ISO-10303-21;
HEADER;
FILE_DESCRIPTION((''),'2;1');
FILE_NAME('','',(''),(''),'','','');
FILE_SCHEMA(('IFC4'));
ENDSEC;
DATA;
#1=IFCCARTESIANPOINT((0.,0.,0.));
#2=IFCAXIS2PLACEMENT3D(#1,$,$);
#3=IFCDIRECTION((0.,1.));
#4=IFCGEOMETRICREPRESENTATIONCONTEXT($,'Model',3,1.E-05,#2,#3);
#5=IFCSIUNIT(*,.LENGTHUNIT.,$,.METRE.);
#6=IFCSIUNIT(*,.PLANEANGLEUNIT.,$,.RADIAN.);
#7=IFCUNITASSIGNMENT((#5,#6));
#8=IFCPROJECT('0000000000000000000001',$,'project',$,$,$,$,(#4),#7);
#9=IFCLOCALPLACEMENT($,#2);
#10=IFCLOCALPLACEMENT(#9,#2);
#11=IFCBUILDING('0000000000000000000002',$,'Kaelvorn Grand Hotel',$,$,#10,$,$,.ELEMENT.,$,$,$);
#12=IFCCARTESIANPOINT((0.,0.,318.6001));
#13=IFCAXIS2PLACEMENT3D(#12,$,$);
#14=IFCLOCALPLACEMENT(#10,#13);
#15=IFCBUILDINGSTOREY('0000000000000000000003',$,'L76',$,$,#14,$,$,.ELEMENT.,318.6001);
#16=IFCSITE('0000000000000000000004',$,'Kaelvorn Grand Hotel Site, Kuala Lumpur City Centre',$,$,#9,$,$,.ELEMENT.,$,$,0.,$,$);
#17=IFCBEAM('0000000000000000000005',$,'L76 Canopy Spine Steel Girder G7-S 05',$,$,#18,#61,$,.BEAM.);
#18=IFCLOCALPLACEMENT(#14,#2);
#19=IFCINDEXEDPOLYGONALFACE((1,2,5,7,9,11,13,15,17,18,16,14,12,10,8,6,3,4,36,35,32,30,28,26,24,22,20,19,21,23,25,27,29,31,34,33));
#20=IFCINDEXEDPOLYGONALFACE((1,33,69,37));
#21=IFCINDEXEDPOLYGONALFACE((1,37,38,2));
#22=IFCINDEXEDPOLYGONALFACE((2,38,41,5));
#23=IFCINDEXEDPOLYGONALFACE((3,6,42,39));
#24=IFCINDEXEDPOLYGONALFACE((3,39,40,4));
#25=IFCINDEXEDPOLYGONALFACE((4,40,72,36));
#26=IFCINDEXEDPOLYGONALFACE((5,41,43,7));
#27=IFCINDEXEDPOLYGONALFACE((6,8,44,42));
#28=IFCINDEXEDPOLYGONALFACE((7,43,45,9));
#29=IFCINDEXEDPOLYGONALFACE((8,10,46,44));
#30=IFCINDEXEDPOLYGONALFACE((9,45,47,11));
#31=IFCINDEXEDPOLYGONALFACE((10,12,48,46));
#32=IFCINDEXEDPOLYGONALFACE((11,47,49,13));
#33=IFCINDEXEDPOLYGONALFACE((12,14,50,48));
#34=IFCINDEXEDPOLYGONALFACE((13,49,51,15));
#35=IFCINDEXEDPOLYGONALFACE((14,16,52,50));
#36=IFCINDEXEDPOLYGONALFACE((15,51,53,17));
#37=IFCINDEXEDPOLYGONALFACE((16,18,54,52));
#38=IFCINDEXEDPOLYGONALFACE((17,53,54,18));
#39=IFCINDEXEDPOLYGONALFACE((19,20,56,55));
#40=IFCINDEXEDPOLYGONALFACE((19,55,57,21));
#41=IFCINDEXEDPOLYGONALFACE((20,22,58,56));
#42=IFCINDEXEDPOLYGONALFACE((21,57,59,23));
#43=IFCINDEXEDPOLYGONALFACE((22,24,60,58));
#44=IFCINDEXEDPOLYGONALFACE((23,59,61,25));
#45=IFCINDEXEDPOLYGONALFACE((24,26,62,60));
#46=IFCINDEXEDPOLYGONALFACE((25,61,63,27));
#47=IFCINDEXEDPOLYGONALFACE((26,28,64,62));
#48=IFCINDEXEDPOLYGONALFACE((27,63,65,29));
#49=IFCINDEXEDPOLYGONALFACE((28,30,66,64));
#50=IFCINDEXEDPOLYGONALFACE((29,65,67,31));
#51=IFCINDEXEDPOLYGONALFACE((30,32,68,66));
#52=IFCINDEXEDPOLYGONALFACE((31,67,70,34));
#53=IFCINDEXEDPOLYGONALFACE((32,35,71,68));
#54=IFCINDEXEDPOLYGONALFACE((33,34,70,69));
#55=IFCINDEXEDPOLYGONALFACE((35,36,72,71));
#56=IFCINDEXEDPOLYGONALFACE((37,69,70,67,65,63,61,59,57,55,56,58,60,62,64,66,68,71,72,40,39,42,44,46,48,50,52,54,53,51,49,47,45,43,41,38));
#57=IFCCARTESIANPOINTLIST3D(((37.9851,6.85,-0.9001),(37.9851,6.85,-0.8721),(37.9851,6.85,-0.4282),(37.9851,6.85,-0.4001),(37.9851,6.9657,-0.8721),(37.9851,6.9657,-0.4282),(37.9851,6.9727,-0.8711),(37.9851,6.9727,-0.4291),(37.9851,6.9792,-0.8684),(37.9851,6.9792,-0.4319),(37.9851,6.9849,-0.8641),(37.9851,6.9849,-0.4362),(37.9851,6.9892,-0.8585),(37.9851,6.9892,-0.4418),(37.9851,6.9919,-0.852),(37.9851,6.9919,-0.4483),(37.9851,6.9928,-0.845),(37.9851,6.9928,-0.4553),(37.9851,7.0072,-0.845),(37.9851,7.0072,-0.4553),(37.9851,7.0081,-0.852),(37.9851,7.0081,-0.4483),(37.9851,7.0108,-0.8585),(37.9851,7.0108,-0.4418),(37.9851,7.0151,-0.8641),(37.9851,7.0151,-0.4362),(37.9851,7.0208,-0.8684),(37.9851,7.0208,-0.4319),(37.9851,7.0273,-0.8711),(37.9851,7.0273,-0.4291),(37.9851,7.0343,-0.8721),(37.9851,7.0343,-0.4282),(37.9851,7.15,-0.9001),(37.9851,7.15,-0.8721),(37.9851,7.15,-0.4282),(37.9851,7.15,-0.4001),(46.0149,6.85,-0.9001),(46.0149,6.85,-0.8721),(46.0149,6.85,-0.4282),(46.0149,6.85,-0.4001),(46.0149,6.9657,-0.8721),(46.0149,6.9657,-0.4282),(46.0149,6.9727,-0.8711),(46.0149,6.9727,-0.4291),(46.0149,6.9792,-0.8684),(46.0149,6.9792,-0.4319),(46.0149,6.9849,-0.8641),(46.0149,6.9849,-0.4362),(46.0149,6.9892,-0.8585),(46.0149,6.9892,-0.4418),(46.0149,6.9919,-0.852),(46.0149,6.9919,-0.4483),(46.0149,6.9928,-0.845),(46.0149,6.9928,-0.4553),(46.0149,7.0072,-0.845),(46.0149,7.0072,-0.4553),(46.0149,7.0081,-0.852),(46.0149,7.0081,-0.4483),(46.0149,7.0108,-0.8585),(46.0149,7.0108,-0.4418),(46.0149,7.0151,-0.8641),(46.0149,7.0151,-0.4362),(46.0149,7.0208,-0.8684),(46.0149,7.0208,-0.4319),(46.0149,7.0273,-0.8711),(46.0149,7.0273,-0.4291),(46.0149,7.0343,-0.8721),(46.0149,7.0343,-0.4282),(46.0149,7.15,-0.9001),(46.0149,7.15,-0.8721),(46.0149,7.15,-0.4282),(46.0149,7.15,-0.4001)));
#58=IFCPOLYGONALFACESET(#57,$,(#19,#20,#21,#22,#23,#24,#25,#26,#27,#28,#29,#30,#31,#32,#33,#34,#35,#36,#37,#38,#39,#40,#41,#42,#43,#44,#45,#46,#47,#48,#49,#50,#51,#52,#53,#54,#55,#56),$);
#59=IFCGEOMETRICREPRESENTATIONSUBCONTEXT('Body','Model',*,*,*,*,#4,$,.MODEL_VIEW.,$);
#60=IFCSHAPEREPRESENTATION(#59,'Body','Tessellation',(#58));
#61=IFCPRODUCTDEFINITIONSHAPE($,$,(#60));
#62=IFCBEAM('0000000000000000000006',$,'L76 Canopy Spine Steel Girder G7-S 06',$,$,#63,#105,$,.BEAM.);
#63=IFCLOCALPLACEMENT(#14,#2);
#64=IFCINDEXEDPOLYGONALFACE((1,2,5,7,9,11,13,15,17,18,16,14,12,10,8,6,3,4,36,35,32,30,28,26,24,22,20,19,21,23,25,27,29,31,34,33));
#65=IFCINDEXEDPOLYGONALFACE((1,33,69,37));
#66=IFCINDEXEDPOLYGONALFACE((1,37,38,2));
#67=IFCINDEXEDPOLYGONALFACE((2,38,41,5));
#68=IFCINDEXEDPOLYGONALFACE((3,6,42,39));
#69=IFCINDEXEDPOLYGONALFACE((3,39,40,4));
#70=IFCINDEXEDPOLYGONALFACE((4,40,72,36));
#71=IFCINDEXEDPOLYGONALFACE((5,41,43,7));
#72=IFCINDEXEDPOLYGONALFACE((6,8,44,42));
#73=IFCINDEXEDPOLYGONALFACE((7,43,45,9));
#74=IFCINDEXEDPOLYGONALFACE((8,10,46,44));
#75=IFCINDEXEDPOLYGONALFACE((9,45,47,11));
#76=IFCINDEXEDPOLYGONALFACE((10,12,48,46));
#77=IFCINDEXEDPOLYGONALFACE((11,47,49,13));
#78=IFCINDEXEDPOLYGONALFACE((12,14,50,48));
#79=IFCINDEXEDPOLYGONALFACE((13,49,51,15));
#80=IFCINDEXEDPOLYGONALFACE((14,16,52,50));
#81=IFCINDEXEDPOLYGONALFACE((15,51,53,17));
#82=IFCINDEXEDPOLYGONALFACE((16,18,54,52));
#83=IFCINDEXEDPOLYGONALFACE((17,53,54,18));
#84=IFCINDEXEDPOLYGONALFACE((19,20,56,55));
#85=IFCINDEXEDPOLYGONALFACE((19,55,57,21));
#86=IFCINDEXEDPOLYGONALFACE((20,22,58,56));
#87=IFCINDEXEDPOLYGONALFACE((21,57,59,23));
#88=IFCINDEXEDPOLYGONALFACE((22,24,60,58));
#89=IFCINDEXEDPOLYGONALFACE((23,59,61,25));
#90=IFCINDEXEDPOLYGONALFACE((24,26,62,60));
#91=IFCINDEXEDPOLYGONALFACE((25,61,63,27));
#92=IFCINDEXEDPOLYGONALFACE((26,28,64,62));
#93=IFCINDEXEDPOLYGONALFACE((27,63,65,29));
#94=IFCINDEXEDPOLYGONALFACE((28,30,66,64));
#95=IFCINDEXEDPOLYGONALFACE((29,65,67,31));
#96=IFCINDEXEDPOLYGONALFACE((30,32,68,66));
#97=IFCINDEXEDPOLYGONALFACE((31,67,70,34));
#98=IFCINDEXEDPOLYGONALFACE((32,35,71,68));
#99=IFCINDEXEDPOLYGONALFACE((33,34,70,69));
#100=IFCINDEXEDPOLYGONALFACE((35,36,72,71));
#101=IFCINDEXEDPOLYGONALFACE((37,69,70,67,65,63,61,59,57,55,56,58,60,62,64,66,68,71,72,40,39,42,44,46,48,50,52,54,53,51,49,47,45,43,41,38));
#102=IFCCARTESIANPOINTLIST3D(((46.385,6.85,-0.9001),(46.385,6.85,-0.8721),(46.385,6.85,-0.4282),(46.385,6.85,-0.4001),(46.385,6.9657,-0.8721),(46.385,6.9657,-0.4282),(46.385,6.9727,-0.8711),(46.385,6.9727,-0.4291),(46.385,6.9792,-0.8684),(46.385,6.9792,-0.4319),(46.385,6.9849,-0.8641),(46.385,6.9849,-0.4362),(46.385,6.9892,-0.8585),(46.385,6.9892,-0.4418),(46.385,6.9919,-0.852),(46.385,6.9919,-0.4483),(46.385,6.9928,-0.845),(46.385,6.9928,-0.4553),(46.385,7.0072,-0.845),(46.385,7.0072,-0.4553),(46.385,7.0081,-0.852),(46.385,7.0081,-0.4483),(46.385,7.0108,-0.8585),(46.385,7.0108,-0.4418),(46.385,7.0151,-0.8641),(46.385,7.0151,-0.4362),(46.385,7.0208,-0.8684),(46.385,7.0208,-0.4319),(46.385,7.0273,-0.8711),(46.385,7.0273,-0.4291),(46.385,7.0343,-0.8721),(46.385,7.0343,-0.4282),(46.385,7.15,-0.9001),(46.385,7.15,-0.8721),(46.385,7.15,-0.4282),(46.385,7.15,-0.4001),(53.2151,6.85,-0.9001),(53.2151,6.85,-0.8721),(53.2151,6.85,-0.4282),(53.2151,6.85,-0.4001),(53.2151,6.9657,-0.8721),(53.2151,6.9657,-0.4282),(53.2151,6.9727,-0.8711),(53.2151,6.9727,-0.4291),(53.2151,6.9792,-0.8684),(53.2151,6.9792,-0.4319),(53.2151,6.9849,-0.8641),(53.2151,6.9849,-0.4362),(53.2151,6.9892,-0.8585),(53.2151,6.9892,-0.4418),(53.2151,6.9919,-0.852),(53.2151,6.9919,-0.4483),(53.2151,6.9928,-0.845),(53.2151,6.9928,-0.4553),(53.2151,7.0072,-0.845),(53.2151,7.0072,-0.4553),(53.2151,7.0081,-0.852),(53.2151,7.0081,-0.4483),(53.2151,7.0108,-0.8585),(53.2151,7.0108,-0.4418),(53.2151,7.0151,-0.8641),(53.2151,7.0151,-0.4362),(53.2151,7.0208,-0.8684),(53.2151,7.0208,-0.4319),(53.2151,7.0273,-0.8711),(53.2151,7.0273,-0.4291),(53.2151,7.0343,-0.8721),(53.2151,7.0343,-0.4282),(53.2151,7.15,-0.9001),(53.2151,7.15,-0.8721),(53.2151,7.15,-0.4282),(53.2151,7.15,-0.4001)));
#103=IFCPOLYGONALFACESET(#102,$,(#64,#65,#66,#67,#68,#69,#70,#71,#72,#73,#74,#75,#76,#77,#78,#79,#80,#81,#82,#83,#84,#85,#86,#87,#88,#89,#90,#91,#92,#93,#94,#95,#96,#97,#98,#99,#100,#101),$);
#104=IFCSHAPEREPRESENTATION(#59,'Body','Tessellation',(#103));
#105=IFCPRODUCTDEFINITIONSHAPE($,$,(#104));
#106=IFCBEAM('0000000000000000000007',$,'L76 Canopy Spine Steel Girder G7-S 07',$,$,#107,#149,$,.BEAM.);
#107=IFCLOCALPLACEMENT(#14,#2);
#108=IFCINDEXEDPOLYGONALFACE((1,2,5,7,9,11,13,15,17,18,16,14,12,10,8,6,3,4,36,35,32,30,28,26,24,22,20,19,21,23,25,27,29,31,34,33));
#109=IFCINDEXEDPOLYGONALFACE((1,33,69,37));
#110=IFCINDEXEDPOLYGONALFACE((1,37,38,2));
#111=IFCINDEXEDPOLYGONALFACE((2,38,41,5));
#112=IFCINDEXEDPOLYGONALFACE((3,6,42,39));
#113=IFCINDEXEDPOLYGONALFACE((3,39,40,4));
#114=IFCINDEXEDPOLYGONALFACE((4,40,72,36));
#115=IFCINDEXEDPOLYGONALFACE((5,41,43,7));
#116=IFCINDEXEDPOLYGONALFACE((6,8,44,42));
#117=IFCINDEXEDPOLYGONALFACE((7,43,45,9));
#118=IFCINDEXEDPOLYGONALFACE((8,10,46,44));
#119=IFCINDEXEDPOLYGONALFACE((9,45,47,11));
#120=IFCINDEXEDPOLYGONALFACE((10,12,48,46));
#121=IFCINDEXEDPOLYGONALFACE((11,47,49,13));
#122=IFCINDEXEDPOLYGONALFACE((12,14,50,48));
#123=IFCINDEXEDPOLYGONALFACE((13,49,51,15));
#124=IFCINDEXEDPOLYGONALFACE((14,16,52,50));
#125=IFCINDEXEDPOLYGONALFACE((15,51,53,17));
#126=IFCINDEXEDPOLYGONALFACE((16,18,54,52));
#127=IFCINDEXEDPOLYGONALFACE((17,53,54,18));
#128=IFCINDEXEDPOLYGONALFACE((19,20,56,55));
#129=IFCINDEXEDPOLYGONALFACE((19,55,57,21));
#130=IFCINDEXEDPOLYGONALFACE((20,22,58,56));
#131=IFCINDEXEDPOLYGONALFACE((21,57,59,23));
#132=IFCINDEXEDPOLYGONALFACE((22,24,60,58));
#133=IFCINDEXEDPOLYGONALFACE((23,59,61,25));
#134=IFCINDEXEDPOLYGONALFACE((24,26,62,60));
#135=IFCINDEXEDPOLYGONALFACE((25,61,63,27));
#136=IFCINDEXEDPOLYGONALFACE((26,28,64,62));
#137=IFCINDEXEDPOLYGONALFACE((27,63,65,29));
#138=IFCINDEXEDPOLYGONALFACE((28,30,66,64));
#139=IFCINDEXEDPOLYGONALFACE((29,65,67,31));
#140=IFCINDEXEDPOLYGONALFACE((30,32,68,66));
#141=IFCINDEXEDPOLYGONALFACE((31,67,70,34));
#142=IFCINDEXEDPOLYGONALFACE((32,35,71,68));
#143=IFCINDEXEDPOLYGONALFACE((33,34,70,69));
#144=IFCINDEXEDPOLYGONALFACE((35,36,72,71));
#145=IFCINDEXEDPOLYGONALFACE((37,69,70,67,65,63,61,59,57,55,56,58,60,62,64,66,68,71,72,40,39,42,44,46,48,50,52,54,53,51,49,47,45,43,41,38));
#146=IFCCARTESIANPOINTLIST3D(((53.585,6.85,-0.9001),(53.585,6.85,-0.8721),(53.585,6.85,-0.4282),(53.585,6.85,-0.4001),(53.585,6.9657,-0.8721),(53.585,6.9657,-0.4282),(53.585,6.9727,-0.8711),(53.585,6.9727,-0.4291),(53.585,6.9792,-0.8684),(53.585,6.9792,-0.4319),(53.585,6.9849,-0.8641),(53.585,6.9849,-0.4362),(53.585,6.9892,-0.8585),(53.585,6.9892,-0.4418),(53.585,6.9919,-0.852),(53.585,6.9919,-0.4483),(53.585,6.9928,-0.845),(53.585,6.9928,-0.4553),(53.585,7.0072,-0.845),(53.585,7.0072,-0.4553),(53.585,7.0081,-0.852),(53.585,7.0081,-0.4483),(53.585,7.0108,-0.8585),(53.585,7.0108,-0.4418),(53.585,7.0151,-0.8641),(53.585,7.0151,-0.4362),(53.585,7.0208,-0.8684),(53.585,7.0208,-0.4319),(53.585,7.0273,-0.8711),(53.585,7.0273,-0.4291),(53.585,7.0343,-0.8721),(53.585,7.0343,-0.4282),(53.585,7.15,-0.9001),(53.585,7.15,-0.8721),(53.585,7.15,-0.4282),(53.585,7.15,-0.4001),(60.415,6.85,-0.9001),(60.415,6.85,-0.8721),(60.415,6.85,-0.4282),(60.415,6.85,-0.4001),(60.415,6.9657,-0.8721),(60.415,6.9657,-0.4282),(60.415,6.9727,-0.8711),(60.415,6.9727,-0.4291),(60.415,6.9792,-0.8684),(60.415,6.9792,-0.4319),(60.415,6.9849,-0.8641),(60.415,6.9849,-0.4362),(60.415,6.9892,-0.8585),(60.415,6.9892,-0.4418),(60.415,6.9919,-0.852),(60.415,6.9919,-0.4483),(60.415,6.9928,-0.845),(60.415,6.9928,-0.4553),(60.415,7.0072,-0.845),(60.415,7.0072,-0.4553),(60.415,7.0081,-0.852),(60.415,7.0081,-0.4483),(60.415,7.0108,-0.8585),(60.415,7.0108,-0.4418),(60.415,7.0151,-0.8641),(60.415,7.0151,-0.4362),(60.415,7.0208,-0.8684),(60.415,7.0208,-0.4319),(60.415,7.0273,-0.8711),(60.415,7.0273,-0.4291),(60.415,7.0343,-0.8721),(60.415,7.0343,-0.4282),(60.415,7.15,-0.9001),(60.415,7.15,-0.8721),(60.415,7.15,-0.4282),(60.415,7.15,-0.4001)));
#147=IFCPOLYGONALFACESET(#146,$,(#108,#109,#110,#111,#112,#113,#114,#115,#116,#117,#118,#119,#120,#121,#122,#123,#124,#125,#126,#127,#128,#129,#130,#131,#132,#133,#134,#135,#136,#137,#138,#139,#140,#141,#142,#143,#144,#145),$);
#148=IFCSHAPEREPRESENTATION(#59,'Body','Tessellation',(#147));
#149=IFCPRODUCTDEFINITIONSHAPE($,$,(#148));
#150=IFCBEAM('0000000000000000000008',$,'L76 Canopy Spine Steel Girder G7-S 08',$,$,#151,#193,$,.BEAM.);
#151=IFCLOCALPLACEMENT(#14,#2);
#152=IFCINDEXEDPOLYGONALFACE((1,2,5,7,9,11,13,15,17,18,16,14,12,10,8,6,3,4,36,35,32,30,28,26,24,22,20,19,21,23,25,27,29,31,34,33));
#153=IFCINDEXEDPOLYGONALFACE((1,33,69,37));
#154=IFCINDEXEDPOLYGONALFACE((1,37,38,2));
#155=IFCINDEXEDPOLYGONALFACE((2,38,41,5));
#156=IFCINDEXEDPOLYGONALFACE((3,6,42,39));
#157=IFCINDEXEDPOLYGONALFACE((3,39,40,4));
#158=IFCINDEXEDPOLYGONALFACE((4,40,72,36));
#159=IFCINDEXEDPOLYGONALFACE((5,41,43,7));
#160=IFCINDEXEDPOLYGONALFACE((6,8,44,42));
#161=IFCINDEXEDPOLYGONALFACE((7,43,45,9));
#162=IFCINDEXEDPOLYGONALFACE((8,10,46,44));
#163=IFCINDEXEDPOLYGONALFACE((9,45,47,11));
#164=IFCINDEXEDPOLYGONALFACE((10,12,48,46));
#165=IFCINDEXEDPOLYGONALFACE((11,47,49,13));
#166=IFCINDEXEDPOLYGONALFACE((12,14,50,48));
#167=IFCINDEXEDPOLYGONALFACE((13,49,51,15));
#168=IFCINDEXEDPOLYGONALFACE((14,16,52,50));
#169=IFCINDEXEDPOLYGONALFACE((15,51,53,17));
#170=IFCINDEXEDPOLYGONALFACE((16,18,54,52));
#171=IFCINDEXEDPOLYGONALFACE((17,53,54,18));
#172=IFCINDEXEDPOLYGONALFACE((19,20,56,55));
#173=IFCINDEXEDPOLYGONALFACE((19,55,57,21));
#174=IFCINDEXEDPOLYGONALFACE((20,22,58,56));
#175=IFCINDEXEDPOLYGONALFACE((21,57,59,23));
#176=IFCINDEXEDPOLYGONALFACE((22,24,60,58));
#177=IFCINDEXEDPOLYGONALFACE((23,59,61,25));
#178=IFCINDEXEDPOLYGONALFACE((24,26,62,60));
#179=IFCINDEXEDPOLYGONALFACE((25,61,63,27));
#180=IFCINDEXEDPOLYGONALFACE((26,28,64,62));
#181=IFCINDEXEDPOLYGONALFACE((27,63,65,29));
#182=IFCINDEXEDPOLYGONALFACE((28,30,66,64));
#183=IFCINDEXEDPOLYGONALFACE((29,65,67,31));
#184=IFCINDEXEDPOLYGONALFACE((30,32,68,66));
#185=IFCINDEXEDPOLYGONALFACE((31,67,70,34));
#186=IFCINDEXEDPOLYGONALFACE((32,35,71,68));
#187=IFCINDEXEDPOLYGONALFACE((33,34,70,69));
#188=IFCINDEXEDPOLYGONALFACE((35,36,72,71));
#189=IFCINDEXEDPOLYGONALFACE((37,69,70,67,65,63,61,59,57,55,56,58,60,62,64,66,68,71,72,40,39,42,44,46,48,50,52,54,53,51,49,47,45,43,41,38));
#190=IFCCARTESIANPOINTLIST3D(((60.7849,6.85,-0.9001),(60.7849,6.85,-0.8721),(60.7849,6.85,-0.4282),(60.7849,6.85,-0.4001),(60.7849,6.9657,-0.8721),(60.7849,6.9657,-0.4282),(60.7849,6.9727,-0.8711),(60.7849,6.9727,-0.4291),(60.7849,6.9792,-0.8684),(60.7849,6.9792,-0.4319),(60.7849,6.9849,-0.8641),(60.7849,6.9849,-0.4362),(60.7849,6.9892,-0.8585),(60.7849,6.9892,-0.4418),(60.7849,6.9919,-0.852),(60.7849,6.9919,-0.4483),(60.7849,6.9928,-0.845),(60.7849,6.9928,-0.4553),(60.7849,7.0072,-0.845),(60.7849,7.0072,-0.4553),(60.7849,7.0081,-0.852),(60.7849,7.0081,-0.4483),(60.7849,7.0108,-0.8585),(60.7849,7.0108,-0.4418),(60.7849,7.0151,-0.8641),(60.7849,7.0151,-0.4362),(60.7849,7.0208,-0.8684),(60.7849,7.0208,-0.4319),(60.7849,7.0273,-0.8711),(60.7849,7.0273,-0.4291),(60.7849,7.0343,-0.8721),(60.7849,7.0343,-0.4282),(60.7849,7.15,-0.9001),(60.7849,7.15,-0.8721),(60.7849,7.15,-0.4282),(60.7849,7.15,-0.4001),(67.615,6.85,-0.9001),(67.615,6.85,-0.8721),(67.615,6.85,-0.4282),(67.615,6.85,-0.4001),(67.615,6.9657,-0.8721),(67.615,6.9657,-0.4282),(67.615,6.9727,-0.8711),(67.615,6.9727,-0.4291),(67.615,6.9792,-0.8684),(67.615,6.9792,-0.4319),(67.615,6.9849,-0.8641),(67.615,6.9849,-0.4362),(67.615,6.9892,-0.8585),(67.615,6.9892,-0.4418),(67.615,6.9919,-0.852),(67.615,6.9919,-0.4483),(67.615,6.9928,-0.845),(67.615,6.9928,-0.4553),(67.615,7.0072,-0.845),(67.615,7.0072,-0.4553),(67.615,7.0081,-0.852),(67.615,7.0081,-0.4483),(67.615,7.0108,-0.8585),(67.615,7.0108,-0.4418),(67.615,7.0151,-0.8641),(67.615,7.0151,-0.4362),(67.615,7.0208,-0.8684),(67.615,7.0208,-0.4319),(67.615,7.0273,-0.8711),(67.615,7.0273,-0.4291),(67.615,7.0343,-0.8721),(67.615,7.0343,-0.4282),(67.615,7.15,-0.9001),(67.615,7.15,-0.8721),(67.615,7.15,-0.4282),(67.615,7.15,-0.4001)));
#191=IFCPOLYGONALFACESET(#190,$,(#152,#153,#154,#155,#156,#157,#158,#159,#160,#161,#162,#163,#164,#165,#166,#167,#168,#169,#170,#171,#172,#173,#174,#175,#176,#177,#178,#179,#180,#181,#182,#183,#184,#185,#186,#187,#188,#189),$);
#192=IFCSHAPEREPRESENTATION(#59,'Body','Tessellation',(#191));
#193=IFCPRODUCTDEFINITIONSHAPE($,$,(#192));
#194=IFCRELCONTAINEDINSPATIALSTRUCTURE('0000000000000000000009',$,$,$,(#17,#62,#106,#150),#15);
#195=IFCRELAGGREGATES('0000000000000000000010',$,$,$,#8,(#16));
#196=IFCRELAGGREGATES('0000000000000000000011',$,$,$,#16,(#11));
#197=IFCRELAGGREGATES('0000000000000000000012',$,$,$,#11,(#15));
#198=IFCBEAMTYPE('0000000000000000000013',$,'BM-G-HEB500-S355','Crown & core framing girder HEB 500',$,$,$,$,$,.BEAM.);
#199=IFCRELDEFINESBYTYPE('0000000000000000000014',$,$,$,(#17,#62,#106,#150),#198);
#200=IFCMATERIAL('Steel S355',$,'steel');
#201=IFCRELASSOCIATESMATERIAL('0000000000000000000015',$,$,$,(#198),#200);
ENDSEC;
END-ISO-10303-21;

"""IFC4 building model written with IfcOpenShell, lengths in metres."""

from ifc_helpers import new_model, si_unit, direction, frame, origin, origin_2d, place, context, subcontext, project, spatial, i_section, extrude, material, material_profile, profile_set, type_object, element, save


model = new_model("IFC4")

# Units and contexts
model_context = context("Model", 3, precision=1e-05, world=origin(), true_north=direction((0.0, 1.0)))
body_context = subcontext(model_context, "Body", "Model", "MODEL_VIEW")
ifc_project = project(units=[si_unit("LENGTHUNIT", "METRE"), si_unit("PLANEANGLEUNIT", "RADIAN")], contexts=[model_context])

# Site, building, storey
site_placement = place(None, origin())
site = spatial("IfcSite", under=ifc_project, at=site_placement, Name="Kaelvorn Grand Hotel Site, Kuala Lumpur City Centre", CompositionType="ELEMENT", RefElevation=0.0)
building_placement = place(site_placement, origin())
building = spatial("IfcBuilding", under=site, at=building_placement, Name="Kaelvorn Grand Hotel", CompositionType="ELEMENT")
storey_placement = place(building_placement, frame((0.0, 0.0, 318.6001)))
storey = spatial("IfcBuildingStorey", under=building, at=storey_placement, Name="L76", CompositionType="ELEMENT", Elevation=318.6001)

# Beams
ifc_material_1 = material(Name="Steel S355", Category="steel")
ifc_material_profile_1 = material_profile(ifc_material_1, i_section(OverallWidth=0.3, OverallDepth=0.5, WebThickness=0.0144, FlangeThickness=0.0281, FilletRadius=0.0271, at=origin_2d()), Name="HEB 500")
ifc_profile_set_1 = profile_set([ifc_material_profile_1], Name="Steel S355")
beam_type = type_object("IfcBeamType", Name="BM-G-HEB500-S355", Description="Crown & core framing girder HEB 500", PredefinedType="BEAM", material=ifc_profile_set_1)
beam_1_placement = place(storey_placement, frame((37.9851, 7.0, -0.6501), z_axis=(1.0, 0.0, 0.0), x_axis=(0.0, 1.0, 0.0)))
element("IfcBeam", 1, at=beam_1_placement, inside=storey, type_object=beam_type, Name="L76 Canopy Spine Steel Girder G7-S 05", PredefinedType="BEAM", context=body_context, shape_type="SweptSolid", body=[
    extrude(i_section(OverallWidth=0.3, OverallDepth=0.5, WebThickness=0.0144, FlangeThickness=0.0281, FilletRadius=0.0271, at=origin_2d()), origin(), (0.0, 0.0, 1.0), 8.0298),
])
for number, where, z_axis, x_axis, name in (
    (2, (46.385, 7.0, -0.6501), (1.0, 0.0, 0.0), (0.0, 1.0, 0.0), "L76 Canopy Spine Steel Girder G7-S 06"),
    (3, (53.585, 7.0, -0.6501), (1.0, 0.0, 0.0), (0.0, 1.0, 0.0), "L76 Canopy Spine Steel Girder G7-S 07"),
    (4, (60.7849, 7.0, -0.6501), (1.0, 0.0, 0.0), (0.0, 1.0, 0.0), "L76 Canopy Spine Steel Girder G7-S 08"),
):
    element("IfcBeam", number, at=place(storey_placement, frame(where, z_axis=z_axis, x_axis=x_axis)), inside=storey, type_object=beam_type, Name=name, PredefinedType="BEAM", context=body_context, shape_type="SweptSolid", body=[
        extrude(i_section(OverallWidth=0.3, OverallDepth=0.5, WebThickness=0.0144, FlangeThickness=0.0281, FilletRadius=0.0271, at=origin_2d()), origin(), (0.0, 0.0, 1.0), 6.8301),
    ])

save(model, "model.ifc")
